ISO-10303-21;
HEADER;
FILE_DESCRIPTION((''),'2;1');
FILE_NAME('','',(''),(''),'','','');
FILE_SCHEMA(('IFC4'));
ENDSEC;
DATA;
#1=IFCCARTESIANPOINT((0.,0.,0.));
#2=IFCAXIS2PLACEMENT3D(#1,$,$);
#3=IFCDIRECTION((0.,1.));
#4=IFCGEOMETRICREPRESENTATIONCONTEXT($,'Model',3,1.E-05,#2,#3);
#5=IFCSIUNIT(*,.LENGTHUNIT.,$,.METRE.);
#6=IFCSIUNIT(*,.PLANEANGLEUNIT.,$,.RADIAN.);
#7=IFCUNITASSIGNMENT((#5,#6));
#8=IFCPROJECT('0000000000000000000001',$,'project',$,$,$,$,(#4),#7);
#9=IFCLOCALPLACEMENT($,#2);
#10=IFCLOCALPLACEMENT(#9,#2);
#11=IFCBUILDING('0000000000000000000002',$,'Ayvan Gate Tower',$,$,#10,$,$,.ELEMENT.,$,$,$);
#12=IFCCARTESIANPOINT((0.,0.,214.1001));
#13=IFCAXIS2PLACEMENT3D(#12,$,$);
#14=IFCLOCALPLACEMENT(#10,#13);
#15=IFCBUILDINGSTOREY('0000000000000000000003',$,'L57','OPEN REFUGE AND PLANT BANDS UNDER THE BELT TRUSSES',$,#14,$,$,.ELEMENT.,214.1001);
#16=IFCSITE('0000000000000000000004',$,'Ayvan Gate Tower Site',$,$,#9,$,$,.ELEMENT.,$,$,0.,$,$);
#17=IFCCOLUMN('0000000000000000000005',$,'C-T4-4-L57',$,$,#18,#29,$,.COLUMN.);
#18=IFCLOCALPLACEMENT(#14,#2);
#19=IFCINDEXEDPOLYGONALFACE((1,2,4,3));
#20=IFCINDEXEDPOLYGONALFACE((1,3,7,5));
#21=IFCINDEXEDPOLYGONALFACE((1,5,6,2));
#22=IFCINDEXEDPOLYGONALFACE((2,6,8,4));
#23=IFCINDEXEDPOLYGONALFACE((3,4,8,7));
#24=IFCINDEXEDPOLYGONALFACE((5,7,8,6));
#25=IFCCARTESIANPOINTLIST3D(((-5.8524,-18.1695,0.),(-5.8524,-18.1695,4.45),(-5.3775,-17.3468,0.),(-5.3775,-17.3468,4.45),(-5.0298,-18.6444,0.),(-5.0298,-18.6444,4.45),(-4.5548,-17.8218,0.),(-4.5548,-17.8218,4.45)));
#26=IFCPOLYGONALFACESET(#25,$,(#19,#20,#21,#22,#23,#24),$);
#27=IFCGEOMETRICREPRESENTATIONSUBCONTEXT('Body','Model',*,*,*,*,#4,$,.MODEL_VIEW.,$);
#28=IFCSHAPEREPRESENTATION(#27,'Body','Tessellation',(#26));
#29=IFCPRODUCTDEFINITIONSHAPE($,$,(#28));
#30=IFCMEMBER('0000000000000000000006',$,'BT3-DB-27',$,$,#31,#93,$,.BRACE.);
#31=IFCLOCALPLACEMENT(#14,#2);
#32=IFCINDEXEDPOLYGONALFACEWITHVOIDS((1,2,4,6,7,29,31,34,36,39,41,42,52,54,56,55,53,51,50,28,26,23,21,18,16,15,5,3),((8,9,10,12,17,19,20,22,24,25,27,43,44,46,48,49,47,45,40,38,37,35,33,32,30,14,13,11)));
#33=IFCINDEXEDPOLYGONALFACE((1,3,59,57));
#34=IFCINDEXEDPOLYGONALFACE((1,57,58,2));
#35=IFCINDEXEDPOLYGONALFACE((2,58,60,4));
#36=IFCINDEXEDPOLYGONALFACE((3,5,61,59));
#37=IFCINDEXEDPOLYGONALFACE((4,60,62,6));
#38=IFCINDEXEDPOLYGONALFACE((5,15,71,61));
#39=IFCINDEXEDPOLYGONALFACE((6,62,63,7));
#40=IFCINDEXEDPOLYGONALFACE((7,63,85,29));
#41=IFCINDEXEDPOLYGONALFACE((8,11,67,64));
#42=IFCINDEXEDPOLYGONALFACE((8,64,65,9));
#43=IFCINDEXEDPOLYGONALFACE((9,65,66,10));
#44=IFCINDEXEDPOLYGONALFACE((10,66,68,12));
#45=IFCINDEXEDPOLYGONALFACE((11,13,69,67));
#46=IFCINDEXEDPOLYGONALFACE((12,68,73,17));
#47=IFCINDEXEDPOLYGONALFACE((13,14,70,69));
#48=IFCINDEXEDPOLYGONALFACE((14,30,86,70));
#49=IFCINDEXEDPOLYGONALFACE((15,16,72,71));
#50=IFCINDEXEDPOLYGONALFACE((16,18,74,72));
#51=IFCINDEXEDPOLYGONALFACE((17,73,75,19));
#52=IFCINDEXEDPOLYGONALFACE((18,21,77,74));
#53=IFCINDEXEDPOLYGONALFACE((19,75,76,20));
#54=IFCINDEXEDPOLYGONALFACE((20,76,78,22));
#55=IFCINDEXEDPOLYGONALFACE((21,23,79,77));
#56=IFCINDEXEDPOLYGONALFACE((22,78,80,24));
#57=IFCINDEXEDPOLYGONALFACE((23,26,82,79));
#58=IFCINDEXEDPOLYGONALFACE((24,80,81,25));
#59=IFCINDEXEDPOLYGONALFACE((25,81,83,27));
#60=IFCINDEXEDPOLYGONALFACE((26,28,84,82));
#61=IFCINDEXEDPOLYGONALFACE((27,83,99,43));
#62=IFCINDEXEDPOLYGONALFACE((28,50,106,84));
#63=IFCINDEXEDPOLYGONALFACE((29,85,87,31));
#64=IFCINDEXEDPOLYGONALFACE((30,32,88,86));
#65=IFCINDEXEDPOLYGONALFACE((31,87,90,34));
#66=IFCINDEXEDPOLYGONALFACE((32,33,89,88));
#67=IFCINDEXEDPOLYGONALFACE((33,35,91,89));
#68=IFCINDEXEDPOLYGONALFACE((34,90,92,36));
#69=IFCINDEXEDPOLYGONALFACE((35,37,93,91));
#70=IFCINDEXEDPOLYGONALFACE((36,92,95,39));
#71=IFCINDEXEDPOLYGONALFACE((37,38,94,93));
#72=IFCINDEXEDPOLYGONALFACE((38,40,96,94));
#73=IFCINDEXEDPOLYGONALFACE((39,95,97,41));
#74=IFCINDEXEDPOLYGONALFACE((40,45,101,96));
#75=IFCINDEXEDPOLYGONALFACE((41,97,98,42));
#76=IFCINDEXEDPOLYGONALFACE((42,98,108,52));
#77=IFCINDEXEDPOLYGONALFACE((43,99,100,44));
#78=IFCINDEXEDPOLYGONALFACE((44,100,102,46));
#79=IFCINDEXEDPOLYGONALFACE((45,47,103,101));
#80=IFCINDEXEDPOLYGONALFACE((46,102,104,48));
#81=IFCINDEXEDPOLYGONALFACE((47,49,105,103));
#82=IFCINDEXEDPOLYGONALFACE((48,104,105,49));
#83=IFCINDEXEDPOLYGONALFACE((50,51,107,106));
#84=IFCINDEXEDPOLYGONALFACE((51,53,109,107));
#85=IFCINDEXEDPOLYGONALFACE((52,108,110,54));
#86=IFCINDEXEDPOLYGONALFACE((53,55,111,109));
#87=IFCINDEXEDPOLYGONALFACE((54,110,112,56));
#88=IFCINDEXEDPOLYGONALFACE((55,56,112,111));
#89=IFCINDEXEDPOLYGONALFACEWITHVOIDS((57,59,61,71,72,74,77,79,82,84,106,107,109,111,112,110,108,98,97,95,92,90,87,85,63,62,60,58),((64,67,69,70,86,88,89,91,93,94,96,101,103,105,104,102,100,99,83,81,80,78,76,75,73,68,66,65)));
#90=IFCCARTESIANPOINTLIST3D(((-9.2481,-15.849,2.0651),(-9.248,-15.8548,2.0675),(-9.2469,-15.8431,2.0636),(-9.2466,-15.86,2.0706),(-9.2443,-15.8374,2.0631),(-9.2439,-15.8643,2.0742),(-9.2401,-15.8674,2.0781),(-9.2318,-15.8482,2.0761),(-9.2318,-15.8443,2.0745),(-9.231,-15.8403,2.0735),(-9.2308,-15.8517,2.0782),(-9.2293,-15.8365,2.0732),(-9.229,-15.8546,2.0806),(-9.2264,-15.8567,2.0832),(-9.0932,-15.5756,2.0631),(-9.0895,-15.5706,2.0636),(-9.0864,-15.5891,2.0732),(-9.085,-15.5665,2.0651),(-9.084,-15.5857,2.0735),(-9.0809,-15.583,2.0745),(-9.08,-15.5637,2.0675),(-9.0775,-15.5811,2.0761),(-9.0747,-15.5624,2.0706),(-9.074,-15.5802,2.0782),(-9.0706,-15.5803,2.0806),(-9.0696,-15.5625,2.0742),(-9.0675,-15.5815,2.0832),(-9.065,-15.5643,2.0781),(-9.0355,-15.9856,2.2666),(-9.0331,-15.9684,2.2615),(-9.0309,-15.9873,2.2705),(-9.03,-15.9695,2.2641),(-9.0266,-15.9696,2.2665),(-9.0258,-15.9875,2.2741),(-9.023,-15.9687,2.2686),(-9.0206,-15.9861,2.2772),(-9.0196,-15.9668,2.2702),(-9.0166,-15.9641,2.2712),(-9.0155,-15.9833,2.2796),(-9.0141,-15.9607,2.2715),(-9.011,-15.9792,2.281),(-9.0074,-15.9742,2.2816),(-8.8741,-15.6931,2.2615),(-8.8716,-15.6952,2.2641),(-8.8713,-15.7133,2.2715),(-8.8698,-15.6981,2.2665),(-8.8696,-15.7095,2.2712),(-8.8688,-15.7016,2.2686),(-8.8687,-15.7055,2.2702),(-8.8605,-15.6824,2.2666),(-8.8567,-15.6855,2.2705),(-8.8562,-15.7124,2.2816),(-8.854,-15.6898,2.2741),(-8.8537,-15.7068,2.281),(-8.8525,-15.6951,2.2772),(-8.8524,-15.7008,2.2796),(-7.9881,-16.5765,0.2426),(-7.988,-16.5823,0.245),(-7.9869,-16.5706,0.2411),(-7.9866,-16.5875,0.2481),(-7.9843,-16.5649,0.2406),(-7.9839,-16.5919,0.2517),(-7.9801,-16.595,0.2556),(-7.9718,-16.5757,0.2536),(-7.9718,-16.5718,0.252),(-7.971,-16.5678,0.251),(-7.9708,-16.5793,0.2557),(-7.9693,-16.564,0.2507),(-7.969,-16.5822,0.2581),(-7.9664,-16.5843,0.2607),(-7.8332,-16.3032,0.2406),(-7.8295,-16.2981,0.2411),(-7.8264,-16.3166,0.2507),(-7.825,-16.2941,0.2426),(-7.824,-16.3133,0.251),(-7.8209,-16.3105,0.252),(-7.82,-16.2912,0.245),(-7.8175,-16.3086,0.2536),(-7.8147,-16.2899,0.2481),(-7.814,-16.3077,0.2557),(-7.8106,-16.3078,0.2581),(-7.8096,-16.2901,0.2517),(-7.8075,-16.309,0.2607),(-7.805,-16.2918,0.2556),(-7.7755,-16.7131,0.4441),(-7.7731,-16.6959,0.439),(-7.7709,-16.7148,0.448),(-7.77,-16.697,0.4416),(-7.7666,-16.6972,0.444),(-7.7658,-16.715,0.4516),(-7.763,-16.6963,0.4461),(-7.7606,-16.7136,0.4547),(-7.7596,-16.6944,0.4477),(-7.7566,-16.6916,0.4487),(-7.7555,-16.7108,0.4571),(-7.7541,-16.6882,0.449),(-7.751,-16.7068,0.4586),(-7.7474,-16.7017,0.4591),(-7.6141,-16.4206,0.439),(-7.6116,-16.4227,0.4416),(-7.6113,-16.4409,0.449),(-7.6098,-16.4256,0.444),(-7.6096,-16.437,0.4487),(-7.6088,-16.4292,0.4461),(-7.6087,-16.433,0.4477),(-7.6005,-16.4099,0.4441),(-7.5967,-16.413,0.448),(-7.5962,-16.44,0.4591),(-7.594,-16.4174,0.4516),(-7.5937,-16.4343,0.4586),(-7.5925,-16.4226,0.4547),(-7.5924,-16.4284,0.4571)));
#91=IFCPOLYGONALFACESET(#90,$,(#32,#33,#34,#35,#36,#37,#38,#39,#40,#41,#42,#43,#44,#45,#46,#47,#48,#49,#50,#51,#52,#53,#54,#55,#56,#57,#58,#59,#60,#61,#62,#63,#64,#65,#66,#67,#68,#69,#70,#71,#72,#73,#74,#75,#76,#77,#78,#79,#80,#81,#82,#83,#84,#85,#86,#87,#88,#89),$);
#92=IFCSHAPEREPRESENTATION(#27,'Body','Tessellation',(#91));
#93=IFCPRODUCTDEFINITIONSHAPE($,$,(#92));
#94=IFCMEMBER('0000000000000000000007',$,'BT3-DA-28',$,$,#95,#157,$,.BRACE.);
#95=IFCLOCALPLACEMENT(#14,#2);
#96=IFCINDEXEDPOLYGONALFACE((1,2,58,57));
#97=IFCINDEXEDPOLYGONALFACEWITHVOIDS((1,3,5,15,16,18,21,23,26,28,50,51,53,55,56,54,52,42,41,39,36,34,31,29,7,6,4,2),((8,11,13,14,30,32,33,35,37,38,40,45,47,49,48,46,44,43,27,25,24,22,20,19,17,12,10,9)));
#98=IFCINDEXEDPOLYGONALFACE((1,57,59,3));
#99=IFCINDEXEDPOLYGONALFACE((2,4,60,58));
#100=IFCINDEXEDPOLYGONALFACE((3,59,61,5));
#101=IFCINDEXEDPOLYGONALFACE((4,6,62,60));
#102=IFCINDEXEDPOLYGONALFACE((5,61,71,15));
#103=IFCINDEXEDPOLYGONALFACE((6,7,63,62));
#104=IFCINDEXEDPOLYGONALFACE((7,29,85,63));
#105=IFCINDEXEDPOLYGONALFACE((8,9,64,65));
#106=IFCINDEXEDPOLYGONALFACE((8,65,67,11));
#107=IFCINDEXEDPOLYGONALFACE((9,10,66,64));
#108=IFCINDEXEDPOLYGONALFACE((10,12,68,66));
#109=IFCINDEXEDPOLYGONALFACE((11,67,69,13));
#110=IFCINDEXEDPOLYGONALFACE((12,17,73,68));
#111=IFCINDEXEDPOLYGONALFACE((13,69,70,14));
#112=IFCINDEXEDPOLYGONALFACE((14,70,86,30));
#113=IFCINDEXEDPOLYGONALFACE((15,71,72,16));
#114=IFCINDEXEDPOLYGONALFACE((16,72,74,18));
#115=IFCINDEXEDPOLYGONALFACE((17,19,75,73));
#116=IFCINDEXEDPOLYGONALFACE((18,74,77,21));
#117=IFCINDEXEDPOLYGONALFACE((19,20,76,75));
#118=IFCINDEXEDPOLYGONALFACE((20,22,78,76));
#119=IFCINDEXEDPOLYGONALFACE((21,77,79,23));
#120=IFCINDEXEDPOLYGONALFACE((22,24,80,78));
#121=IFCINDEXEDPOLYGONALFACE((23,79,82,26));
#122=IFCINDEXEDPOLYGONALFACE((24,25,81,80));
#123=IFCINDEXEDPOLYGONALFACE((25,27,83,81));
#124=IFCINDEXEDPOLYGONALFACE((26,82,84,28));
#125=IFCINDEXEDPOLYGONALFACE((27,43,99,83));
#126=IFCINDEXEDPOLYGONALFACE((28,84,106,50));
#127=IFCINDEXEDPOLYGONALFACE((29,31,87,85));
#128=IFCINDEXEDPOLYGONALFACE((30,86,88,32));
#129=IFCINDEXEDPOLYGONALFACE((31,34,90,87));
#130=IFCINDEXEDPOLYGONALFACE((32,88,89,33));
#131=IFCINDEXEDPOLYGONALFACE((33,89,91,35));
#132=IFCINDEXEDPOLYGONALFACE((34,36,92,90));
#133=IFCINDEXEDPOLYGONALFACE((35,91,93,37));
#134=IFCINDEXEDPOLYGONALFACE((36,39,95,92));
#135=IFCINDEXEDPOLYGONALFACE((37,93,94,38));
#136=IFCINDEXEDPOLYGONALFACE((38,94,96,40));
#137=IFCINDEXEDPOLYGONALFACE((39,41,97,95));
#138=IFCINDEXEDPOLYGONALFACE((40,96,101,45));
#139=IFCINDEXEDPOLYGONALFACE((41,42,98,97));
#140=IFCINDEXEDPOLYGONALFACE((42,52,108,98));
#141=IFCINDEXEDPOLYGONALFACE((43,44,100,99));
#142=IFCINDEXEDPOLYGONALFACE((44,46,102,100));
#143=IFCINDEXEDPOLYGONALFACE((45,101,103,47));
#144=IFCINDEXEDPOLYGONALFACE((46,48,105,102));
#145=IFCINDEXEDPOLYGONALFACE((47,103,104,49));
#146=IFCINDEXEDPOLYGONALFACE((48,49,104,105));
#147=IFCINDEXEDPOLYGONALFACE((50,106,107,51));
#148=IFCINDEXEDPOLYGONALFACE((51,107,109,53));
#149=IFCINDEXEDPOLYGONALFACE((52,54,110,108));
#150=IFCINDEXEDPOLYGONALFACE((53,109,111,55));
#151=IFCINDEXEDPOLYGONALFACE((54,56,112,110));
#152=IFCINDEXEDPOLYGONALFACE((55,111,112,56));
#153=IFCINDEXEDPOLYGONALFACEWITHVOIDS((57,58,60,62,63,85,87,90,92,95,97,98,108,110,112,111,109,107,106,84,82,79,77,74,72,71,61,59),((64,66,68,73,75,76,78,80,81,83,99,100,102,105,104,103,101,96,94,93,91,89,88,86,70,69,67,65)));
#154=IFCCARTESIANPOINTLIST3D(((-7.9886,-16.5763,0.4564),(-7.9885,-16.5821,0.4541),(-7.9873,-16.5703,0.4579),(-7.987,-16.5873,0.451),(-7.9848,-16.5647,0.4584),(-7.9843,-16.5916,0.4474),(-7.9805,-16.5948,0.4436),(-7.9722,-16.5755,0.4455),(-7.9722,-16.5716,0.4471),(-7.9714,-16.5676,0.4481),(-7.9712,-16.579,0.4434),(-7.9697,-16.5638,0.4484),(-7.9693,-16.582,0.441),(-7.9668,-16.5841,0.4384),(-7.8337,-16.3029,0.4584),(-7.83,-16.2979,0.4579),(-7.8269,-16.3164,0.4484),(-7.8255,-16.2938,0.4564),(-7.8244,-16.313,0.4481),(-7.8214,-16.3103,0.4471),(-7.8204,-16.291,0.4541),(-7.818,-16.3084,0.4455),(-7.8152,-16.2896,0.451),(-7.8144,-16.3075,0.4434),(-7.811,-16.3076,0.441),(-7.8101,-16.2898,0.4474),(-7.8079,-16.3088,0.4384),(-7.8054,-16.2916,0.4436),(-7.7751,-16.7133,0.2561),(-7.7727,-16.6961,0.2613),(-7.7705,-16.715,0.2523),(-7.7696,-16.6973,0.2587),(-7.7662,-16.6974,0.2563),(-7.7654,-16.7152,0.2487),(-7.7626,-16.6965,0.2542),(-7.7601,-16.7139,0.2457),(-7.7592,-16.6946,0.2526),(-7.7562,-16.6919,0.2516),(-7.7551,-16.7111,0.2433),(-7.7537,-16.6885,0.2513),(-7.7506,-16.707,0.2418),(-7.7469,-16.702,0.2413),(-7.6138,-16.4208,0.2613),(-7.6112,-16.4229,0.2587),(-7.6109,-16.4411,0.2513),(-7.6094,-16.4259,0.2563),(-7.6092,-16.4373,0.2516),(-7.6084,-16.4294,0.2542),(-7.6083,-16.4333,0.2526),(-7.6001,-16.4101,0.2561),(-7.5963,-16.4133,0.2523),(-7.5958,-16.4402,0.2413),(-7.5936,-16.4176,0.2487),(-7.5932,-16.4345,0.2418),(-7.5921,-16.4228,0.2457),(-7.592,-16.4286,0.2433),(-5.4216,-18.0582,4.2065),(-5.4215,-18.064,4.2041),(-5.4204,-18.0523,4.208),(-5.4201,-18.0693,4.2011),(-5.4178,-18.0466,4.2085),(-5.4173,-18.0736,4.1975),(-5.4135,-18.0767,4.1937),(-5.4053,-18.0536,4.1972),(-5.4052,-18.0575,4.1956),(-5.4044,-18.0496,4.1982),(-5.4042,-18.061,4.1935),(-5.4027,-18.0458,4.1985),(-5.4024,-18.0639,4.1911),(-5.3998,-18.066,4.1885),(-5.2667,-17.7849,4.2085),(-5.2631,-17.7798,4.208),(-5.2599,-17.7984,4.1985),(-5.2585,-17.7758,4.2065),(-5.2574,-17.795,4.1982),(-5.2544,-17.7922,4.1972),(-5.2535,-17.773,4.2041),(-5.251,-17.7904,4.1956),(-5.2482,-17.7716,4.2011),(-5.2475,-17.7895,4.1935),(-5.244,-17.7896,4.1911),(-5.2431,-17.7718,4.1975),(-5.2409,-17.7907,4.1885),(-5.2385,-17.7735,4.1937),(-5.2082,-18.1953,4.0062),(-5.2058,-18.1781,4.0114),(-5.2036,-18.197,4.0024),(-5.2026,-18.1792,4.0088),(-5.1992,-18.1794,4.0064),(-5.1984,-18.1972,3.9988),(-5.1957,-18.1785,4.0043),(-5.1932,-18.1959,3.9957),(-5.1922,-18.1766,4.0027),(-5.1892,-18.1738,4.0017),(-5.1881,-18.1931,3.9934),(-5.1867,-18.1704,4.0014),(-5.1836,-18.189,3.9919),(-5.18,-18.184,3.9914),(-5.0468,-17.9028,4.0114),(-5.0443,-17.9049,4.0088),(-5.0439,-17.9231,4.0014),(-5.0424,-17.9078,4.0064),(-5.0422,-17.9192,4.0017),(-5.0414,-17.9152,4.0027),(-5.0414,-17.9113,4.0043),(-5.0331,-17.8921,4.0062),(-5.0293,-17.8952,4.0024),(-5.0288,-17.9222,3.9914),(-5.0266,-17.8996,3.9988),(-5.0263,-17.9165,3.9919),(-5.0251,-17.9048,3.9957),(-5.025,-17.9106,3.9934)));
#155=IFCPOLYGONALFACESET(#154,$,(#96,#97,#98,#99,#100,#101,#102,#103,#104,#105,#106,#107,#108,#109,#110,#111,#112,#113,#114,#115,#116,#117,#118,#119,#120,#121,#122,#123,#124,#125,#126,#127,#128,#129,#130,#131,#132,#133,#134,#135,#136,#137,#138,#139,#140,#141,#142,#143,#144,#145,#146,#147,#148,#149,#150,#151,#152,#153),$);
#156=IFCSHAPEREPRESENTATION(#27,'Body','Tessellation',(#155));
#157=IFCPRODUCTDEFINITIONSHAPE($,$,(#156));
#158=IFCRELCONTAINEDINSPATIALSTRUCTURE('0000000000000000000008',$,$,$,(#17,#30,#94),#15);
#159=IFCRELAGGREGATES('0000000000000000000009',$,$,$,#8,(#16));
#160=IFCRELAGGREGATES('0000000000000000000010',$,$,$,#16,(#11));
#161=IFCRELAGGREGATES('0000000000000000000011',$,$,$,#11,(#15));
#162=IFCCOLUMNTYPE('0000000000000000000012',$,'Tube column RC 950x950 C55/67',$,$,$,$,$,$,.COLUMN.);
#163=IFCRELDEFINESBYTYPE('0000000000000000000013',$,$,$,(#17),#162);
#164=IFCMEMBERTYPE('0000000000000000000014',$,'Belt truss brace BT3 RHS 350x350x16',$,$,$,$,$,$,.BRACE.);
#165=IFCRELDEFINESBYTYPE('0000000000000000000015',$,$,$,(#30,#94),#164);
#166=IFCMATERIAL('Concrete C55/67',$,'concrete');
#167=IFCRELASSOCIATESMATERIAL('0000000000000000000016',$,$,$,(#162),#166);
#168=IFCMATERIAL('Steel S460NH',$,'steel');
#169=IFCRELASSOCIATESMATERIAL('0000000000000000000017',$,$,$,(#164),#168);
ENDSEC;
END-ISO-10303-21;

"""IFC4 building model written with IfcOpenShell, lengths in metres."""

from ifc_helpers import new_model, si_unit, direction, frame, origin, origin_2d, place, context, subcontext, project, spatial, rectangle, hollow_rectangle, extrude, material, material_profile, profile_set, type_object, element, save


model = new_model("IFC4")

# Units and contexts
model_context = context("Model", 3, precision=1e-05, world=origin(), true_north=direction((0.0, 1.0)))
body_context = subcontext(model_context, "Body", "Model", "MODEL_VIEW")
ifc_project = project(units=[si_unit("LENGTHUNIT", "METRE"), si_unit("PLANEANGLEUNIT", "RADIAN")], contexts=[model_context])

# Site, building, storey
site_placement = place(None, origin())
site = spatial("IfcSite", under=ifc_project, at=site_placement, Name="Ayvan Gate Tower Site", CompositionType="ELEMENT", RefElevation=0.0)
building_placement = place(site_placement, origin())
building = spatial("IfcBuilding", under=site, at=building_placement, Name="Ayvan Gate Tower", CompositionType="ELEMENT")
storey_placement = place(building_placement, frame((0.0, 0.0, 214.1001)))
storey = spatial("IfcBuildingStorey", under=building, at=storey_placement, Name="L57", Description="OPEN REFUGE AND PLANT BANDS UNDER THE BELT TRUSSES", CompositionType="ELEMENT", Elevation=214.1001)

# Column
ifc_material_1 = material(Name="Concrete C55/67", Category="concrete")
ifc_material_profile_1 = material_profile(ifc_material_1, rectangle(XDim=0.95, YDim=0.95, at=origin_2d()), Name="RC 950x950")
ifc_profile_set_1 = profile_set([ifc_material_profile_1], Name="Concrete C55/67")
column_type = type_object("IfcColumnType", Name="Tube column RC 950x950 C55/67", PredefinedType="COLUMN", material=ifc_profile_set_1)
column_placement = place(storey_placement, frame((-5.2036, -17.9956, 0.0), z_axis=(0.0, 0.0, 1.0), x_axis=(-0.5, -0.866025, 0.0)))
element("IfcColumn", 1, at=column_placement, inside=storey, type_object=column_type, Name="C-T4-4-L57", PredefinedType="COLUMN", context=body_context, shape_type="SweptSolid", body=[
    extrude(rectangle(XDim=0.95, YDim=0.95, at=origin_2d()), origin(), (0.0, 0.0, 1.0), 4.45),
])

# Members
ifc_material_2 = material(Name="Steel S460NH", Category="steel")
ifc_material_profile_2 = material_profile(ifc_material_2, hollow_rectangle(XDim=0.3501, YDim=0.3501, WallThickness=0.0161, InnerFilletRadius=0.0161, OuterFilletRadius=0.0239, at=origin_2d()), Name="RHS 350x350x16")
ifc_profile_set_2 = profile_set([ifc_material_profile_2], Name="Steel S460NH")
member_type_1 = type_object("IfcMemberType", Name="Belt truss brace BT3 RHS 350x350x16", PredefinedType="BRACE", material=ifc_profile_set_2)
member_1_placement = place(storey_placement, frame((-7.7903, -16.5024, 0.3499), z_axis=(-0.5403, 0.311973, 0.781504), x_axis=(-0.500037, -0.866004, 0.0)))
element("IfcMember", 2, at=member_1_placement, inside=storey, type_object=member_type_1, Name="BT3-DB-27", PredefinedType="BRACE", context=body_context, shape_type="SweptSolid", body=[
    extrude(hollow_rectangle(XDim=0.3501, YDim=0.3501, WallThickness=0.0161, InnerFilletRadius=0.0161, OuterFilletRadius=0.0239, at=origin_2d()), origin(), (0.0, 0.0, 1.0), 2.332),
])
member_2_placement = place(storey_placement, frame((-7.7903, -16.5024, 0.3499), z_axis=(0.537017, -0.310034, 0.784533), x_axis=(0.499984, 0.866035, 0.0)))
element("IfcMember", 3, at=member_2_placement, inside=storey, type_object=member_type_1, Name="BT3-DA-28", PredefinedType="BRACE", context=body_context, shape_type="SweptSolid", body=[
    extrude(hollow_rectangle(XDim=0.3501, YDim=0.3501, WallThickness=0.0161, InnerFilletRadius=0.0161, OuterFilletRadius=0.0239, at=origin_2d()), origin(), (0.0, 0.0, 1.0), 4.78),
])

save(model, "model.ifc")
